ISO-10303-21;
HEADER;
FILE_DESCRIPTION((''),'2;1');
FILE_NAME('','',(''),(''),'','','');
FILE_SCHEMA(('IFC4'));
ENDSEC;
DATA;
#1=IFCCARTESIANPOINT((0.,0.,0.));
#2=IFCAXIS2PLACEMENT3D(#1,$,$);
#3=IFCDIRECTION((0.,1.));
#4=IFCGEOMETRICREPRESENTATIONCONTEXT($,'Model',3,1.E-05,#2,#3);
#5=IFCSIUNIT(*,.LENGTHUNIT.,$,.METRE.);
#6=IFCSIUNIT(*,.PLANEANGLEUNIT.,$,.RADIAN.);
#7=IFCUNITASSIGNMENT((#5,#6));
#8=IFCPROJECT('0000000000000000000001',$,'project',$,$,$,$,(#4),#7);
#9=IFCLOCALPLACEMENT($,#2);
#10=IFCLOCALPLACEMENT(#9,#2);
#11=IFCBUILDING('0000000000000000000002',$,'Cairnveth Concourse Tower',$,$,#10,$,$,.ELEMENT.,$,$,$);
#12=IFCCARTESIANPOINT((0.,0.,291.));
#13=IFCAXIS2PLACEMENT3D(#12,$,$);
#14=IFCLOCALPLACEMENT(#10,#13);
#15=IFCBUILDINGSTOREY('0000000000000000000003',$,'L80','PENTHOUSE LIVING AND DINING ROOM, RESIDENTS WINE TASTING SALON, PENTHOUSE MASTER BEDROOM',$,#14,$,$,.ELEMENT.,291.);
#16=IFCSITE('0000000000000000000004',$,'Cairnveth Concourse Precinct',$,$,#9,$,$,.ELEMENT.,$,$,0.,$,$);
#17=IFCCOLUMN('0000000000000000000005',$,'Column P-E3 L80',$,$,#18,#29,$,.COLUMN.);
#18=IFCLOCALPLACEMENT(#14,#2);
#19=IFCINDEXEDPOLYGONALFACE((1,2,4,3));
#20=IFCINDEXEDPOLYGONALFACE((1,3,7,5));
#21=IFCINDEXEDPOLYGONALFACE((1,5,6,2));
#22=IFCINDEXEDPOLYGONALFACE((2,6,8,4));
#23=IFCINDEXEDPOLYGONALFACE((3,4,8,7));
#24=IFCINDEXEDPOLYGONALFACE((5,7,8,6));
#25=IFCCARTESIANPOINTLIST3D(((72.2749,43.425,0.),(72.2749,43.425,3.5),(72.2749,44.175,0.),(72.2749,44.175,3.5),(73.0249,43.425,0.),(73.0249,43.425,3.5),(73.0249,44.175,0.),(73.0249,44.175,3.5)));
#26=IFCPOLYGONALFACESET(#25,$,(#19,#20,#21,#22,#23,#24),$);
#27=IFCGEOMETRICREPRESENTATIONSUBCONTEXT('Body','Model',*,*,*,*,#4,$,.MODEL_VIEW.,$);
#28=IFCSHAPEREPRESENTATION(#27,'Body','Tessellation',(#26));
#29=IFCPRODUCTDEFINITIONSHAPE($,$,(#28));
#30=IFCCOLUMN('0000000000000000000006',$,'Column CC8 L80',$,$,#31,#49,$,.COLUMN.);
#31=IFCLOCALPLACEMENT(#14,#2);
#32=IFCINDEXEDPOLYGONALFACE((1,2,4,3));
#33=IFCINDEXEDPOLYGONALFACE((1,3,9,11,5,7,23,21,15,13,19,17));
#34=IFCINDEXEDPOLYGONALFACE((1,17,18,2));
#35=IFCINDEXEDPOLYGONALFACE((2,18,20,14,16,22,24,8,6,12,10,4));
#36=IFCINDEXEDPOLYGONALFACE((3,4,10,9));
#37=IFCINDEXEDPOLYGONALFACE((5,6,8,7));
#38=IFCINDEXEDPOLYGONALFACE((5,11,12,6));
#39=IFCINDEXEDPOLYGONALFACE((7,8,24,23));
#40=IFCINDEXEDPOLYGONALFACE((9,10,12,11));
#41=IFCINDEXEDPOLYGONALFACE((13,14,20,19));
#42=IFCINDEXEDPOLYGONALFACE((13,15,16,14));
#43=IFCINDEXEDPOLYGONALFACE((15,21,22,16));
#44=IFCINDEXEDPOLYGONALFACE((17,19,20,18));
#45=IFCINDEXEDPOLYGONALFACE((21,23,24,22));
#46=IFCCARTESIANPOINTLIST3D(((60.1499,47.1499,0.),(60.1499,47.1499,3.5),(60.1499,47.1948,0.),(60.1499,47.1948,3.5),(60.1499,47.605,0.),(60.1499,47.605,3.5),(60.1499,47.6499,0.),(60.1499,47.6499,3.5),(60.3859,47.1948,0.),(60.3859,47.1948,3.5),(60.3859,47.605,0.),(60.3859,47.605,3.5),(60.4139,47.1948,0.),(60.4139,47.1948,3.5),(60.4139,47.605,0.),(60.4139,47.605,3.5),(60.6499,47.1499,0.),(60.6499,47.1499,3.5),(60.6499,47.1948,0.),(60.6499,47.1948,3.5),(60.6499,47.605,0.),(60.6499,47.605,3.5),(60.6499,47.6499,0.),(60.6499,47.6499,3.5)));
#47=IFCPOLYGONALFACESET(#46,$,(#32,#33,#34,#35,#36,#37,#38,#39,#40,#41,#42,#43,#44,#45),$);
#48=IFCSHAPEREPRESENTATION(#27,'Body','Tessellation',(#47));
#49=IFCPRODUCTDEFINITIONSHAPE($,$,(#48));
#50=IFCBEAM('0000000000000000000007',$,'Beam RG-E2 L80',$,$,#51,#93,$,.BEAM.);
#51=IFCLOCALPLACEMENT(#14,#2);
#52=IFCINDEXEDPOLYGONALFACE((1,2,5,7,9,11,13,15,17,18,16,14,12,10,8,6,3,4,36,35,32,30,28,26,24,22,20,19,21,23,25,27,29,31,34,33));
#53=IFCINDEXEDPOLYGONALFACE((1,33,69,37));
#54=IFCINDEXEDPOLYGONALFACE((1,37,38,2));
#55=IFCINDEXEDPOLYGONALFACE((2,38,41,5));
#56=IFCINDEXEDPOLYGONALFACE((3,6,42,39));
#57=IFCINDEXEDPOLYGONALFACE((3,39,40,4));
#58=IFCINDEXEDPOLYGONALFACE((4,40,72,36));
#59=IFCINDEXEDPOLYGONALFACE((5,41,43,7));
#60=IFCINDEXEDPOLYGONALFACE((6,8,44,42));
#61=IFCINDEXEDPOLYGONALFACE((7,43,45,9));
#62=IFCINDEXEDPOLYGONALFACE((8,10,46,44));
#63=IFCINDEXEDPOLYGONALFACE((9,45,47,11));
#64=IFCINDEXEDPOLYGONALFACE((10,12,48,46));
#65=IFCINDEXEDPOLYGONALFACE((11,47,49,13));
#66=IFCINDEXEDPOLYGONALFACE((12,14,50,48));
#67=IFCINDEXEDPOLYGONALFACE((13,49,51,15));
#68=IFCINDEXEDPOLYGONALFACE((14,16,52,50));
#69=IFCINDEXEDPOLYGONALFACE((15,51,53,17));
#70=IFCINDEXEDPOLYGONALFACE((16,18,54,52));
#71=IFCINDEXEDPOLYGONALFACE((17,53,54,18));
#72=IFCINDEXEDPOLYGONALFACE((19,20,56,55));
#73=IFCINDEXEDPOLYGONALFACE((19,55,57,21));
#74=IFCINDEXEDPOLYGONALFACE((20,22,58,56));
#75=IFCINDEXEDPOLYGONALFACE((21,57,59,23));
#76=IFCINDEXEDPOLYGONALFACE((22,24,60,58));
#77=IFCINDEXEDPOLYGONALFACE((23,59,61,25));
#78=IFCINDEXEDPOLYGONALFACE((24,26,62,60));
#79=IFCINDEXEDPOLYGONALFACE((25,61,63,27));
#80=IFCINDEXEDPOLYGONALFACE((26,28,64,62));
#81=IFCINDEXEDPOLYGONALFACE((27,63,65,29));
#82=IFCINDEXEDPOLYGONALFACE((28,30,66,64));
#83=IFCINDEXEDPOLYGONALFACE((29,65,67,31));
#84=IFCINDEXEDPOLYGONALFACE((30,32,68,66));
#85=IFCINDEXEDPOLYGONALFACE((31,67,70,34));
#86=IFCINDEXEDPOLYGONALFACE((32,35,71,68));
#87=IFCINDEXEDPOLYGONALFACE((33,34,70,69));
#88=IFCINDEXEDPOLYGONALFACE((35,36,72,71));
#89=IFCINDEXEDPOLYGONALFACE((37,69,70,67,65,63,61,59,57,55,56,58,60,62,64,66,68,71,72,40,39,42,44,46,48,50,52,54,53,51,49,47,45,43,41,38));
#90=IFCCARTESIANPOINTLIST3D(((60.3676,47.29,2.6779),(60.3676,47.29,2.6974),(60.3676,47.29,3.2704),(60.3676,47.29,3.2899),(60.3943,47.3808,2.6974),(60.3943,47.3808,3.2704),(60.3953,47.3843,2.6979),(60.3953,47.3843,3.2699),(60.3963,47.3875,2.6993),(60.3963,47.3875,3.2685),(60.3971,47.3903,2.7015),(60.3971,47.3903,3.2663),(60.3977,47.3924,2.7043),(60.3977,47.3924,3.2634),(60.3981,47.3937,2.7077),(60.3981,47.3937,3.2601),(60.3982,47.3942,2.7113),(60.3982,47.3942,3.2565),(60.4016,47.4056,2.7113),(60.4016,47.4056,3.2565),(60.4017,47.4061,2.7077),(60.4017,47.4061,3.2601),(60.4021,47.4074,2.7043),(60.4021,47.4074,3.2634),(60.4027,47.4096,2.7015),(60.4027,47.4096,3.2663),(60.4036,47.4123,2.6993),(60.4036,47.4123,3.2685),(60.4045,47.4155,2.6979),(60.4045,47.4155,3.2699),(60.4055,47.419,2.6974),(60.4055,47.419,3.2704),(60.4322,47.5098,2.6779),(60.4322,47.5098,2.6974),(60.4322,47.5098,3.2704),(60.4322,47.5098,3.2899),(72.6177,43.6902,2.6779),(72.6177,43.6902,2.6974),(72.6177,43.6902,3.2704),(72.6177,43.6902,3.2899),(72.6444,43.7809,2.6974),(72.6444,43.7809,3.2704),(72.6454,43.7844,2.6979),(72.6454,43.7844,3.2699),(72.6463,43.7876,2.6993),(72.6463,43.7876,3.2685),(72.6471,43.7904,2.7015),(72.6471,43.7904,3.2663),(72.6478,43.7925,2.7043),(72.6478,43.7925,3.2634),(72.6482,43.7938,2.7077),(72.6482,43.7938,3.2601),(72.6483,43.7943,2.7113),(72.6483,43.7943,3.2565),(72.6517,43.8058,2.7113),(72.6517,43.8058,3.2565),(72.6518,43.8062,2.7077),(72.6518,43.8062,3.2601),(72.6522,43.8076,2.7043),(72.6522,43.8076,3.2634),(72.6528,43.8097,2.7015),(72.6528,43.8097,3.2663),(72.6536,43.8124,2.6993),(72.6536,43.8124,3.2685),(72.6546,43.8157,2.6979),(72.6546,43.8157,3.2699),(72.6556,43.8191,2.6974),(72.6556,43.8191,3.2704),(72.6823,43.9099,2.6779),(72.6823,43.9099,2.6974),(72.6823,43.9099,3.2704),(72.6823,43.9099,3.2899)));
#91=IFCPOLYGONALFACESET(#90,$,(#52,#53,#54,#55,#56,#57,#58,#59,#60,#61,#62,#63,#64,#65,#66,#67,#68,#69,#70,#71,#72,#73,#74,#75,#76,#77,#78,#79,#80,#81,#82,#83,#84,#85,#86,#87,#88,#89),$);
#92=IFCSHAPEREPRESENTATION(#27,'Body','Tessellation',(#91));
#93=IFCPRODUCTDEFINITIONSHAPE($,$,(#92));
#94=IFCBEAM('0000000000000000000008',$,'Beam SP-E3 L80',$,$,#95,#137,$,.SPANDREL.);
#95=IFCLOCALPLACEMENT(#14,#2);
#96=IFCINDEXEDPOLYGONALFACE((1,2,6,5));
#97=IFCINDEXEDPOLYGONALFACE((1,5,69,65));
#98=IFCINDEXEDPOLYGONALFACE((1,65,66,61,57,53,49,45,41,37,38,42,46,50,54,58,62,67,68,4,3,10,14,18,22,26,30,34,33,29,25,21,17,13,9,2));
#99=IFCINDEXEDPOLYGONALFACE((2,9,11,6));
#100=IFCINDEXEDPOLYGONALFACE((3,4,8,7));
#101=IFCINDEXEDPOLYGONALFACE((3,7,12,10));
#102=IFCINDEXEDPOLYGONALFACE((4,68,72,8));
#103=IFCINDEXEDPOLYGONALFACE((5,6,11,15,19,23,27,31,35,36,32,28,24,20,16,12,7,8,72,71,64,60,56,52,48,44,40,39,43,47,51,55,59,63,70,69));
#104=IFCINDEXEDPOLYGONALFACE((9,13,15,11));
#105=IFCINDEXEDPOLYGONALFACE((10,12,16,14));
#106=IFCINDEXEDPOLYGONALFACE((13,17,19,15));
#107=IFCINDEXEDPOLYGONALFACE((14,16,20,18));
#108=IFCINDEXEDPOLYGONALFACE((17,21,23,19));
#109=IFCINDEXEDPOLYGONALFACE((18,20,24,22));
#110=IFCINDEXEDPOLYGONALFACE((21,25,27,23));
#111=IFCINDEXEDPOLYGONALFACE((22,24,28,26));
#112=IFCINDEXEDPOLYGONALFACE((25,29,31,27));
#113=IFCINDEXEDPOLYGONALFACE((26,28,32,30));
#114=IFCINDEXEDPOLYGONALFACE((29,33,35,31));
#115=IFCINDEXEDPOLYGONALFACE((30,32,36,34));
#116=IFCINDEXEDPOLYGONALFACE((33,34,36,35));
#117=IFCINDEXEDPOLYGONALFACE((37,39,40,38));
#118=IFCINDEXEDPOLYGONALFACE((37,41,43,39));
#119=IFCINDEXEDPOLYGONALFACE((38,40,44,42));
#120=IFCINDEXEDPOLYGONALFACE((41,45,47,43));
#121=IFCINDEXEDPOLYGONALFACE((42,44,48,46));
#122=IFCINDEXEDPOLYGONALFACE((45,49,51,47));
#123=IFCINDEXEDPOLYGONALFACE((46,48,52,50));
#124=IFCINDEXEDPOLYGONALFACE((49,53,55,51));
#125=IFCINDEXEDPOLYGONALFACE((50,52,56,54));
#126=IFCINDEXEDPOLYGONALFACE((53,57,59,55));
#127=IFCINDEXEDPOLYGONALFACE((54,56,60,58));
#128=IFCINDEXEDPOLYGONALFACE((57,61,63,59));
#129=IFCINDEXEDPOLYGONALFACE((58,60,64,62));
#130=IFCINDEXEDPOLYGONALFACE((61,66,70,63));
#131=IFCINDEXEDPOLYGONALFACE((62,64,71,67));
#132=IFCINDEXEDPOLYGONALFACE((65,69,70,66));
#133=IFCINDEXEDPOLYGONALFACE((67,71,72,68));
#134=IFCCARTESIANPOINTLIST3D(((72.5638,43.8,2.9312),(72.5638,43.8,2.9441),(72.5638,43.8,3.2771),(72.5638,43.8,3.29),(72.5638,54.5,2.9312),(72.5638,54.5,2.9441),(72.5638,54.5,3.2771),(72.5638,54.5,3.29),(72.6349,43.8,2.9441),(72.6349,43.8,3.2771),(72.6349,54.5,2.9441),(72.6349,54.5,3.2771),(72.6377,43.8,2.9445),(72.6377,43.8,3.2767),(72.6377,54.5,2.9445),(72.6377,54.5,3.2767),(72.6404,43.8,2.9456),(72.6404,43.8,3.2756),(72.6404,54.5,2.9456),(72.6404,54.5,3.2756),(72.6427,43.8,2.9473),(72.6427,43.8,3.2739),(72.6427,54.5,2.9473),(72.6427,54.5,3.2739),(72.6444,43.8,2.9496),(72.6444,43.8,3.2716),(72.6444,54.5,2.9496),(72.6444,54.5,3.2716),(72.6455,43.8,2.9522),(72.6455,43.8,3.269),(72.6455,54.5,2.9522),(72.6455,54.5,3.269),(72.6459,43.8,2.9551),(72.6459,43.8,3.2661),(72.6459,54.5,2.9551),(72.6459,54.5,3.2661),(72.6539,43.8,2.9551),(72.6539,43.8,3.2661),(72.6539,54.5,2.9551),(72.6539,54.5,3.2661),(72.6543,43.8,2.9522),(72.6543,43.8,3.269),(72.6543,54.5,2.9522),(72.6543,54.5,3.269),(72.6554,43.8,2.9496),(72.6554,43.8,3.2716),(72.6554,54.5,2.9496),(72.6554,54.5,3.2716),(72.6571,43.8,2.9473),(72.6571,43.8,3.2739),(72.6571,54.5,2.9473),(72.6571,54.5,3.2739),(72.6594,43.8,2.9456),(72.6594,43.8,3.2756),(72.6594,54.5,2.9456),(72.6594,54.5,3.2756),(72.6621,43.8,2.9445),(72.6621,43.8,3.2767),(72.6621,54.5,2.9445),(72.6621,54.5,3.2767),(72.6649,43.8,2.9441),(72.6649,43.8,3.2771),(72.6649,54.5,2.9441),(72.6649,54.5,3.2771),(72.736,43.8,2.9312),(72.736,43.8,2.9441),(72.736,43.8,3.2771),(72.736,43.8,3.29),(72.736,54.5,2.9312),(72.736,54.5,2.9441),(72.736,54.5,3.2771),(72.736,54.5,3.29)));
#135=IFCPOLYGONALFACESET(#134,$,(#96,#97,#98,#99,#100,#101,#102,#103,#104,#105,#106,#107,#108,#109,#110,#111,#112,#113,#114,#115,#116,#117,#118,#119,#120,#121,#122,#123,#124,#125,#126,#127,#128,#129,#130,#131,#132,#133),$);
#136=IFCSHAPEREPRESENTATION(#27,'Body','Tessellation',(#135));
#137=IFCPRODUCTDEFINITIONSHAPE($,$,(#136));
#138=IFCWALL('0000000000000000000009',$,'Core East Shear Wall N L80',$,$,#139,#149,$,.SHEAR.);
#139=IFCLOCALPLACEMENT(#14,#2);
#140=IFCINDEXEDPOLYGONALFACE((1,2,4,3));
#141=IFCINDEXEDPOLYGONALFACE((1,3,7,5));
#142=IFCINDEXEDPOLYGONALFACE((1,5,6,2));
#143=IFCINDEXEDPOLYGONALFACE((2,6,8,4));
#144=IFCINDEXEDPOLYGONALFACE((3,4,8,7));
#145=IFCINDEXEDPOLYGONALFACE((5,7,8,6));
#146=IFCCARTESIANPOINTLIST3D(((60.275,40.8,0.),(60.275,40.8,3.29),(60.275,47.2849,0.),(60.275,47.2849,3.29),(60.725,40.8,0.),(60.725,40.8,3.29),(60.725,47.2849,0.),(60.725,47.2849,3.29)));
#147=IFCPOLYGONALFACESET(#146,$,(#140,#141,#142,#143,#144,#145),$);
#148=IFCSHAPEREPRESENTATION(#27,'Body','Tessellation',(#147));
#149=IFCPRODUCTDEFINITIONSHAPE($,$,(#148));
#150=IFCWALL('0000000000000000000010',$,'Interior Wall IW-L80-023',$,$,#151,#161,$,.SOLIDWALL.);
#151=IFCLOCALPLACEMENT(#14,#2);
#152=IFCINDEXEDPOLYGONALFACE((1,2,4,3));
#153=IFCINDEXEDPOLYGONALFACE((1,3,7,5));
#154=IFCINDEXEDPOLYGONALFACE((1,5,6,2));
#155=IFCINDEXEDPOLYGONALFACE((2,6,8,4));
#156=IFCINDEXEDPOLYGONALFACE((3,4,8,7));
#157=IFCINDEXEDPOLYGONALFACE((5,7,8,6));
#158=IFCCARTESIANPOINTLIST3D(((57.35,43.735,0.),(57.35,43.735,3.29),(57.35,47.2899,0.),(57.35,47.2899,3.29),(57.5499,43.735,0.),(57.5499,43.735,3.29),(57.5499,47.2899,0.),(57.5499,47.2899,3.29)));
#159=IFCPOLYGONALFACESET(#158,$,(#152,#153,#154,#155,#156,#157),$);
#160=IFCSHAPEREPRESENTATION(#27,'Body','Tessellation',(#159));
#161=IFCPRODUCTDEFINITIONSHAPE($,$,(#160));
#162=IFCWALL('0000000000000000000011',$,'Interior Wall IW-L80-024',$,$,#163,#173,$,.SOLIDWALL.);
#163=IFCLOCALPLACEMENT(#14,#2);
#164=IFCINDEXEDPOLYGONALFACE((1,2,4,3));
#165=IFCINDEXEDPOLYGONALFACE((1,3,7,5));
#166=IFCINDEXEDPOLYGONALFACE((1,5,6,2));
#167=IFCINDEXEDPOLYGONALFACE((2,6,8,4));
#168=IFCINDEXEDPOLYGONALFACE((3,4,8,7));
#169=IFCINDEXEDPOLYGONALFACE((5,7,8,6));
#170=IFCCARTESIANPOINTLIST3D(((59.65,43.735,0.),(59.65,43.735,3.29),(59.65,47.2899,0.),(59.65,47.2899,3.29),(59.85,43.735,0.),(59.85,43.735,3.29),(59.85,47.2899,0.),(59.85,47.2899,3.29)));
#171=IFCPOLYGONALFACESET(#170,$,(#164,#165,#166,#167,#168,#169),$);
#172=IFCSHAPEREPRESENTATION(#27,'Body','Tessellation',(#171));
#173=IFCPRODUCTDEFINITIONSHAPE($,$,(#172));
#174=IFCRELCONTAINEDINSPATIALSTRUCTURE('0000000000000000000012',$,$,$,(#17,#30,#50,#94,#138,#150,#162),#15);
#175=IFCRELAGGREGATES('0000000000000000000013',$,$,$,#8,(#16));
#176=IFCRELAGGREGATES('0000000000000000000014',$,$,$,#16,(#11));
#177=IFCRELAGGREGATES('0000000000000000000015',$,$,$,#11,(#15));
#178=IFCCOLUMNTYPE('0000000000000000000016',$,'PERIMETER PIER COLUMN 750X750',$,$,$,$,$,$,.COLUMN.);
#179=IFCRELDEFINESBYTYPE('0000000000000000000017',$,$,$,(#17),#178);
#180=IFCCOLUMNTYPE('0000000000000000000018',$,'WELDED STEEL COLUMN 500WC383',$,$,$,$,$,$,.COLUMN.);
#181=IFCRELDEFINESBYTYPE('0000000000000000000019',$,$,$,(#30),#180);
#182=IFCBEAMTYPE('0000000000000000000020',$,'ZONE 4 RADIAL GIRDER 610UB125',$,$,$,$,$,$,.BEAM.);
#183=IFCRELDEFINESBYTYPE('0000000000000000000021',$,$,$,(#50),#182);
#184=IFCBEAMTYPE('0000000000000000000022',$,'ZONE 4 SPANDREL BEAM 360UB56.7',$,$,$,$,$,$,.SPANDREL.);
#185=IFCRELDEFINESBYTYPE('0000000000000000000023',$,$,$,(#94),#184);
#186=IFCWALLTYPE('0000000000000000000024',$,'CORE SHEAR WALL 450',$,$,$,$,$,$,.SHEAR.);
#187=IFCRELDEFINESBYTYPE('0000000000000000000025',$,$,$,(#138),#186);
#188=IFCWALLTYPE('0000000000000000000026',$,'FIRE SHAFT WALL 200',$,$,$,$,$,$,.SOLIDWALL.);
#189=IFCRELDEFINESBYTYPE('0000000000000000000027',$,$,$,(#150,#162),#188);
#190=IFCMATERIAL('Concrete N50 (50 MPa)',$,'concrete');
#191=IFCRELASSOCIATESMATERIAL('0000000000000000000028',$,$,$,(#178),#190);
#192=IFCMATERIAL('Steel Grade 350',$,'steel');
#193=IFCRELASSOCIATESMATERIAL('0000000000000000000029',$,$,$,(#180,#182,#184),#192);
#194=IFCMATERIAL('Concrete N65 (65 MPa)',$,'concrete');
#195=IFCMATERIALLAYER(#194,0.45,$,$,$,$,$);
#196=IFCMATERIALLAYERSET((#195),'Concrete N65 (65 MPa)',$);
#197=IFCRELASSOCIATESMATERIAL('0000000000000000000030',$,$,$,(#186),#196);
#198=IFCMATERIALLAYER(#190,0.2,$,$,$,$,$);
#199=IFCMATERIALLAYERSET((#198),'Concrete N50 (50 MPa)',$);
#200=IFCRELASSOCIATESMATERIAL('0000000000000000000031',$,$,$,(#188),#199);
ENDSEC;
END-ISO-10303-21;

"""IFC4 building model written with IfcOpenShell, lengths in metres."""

from ifc_helpers import new_model, si_unit, direction, frame, frame_2d, origin, origin_2d, place, context, subcontext, project, spatial, rectangle, i_section, extrude, material, layer, layer_set, material_profile, profile_set, type_object, element, save


model = new_model("IFC4")

# Units and contexts
model_context = context("Model", 3, precision=1e-05, world=origin(), true_north=direction((0.0, 1.0)))
body_context = subcontext(model_context, "Body", "Model", "MODEL_VIEW")
ifc_project = project(units=[si_unit("LENGTHUNIT", "METRE"), si_unit("PLANEANGLEUNIT", "RADIAN")], contexts=[model_context])

# Site, building, storey
site_placement = place(None, origin())
site = spatial("IfcSite", under=ifc_project, at=site_placement, Name="Cairnveth Concourse Precinct", CompositionType="ELEMENT", RefElevation=0.0)
building_placement = place(site_placement, origin())
building = spatial("IfcBuilding", under=site, at=building_placement, Name="Cairnveth Concourse Tower", CompositionType="ELEMENT")
storey_placement = place(building_placement, frame((0.0, 0.0, 291.0)))
storey = spatial("IfcBuildingStorey", under=building, at=storey_placement, Name="L80", Description="PENTHOUSE LIVING AND DINING ROOM, RESIDENTS WINE TASTING SALON, PENTHOUSE MASTER BEDROOM", CompositionType="ELEMENT", Elevation=291.0)

# Columns
ifc_material_1 = material(Name="Concrete N50 (50 MPa)", Category="concrete")
ifc_material_profile_1 = material_profile(ifc_material_1, rectangle(XDim=0.75, YDim=0.75, at=origin_2d()), Name="RC-COL-750x750")
ifc_profile_set_1 = profile_set([ifc_material_profile_1], Name="Concrete N50 (50 MPa)")
column_type_1 = type_object("IfcColumnType", Name="PERIMETER PIER COLUMN 750X750", PredefinedType="COLUMN", material=ifc_profile_set_1)
column_1_placement = place(storey_placement, frame((72.6499, 43.8, 0.0), z_axis=(0.0, 0.0, 1.0), x_axis=(0.0, 1.0, 0.0)))
element("IfcColumn", 1, at=column_1_placement, inside=storey, type_object=column_type_1, Name="Column P-E3 L80", PredefinedType="COLUMN", context=body_context, shape_type="SweptSolid", body=[
    extrude(rectangle(XDim=0.75, YDim=0.75, at=origin_2d()), origin(), (0.0, 0.0, 1.0), 3.5),
])
ifc_material_2 = material(Name="Steel Grade 350", Category="steel")
ifc_material_profile_2 = material_profile(ifc_material_2, i_section(OverallWidth=0.5, OverallDepth=0.5, WebThickness=0.0281, FlangeThickness=0.0449, at=origin_2d()), Name="500WC383")
ifc_profile_set_2 = profile_set([ifc_material_profile_2], Name="Steel Grade 350")
column_type_2 = type_object("IfcColumnType", Name="WELDED STEEL COLUMN 500WC383", PredefinedType="COLUMN", material=ifc_profile_set_2)
column_2_placement = place(storey_placement, frame((60.3999, 47.3999, 0.0), z_axis=(0.0, 0.0, 1.0), x_axis=(1.0, 0.0, 0.0)))
element("IfcColumn", 2, at=column_2_placement, inside=storey, type_object=column_type_2, Name="Column CC8 L80", PredefinedType="COLUMN", context=body_context, shape_type="SweptSolid", body=[
    extrude(i_section(OverallWidth=0.5, OverallDepth=0.5, WebThickness=0.0281, FlangeThickness=0.0449, at=origin_2d()), origin(), (0.0, 0.0, 1.0), 3.5),
])

# Beams
ifc_material_profile_3 = material_profile(ifc_material_2, i_section(OverallWidth=0.229, OverallDepth=0.6121, WebThickness=0.012, FlangeThickness=0.0195, FilletRadius=0.0139, at=origin_2d()), Name="610UB125")
ifc_profile_set_3 = profile_set([ifc_material_profile_3], Name="Steel Grade 350")
beam_type_1 = type_object("IfcBeamType", Name="ZONE 4 RADIAL GIRDER 610UB125", PredefinedType="BEAM", material=ifc_profile_set_3)
beam_1_placement = place(storey_placement, frame((60.3999, 47.3999, 2.9839), z_axis=(0.959431, -0.281944, 0.0), x_axis=(0.281944, 0.959431, 0.0)))
element("IfcBeam", 3, at=beam_1_placement, inside=storey, type_object=beam_type_1, Name="Beam RG-E2 L80", PredefinedType="BEAM", context=body_context, shape_type="SweptSolid", body=[
    extrude(i_section(OverallWidth=0.229, OverallDepth=0.6121, WebThickness=0.012, FlangeThickness=0.0195, FilletRadius=0.0139, at=origin_2d()), origin(), (0.0, 0.0, 1.0), 12.7681),
])
ifc_material_profile_4 = material_profile(ifc_material_2, i_section(OverallWidth=0.1721, OverallDepth=0.3589, WebThickness=0.0081, FlangeThickness=0.0129, FilletRadius=0.011, at=origin_2d()), Name="360UB56.7")
ifc_profile_set_4 = profile_set([ifc_material_profile_4], Name="Steel Grade 350")
beam_type_2 = type_object("IfcBeamType", Name="ZONE 4 SPANDREL BEAM 360UB56.7", PredefinedType="SPANDREL", material=ifc_profile_set_4)
beam_2_placement = place(storey_placement, frame((72.6499, 43.8, 3.1106), z_axis=(0.0, 1.0, 0.0), x_axis=(-1.0, 0.0, 0.0)))
element("IfcBeam", 4, at=beam_2_placement, inside=storey, type_object=beam_type_2, Name="Beam SP-E3 L80", PredefinedType="SPANDREL", context=body_context, shape_type="SweptSolid", body=[
    extrude(i_section(OverallWidth=0.1721, OverallDepth=0.3589, WebThickness=0.0081, FlangeThickness=0.0129, FilletRadius=0.011, at=origin_2d()), origin(), (0.0, 0.0, 1.0), 10.7),
])

# Wall
ifc_material_3 = material(Name="Concrete N65 (65 MPa)", Category="concrete")
ifc_layer_1 = layer(ifc_material_3, 0.45)
ifc_layer_set_1 = layer_set([ifc_layer_1], Name="Concrete N65 (65 MPa)")
wall_type_1 = type_object("IfcWallType", Name="CORE SHEAR WALL 450", PredefinedType="SHEAR", material=ifc_layer_set_1)
wall_1_placement = place(storey_placement, frame((60.5, 40.8, 0.0), z_axis=(0.0, 0.0, 1.0), x_axis=(0.0, 1.0, 0.0)))
element("IfcWall", 5, at=wall_1_placement, inside=storey, type_object=wall_type_1, Name="Core East Shear Wall N L80", PredefinedType="SHEAR", context=body_context, shape_type="SweptSolid", body=[
    extrude(rectangle(XDim=6.4849, YDim=0.45, at=frame_2d((3.2424, 0.0))), origin(), (0.0, 0.0, 1.0), 3.29),
])

# Shared definitions
ifc_layer_2 = layer(ifc_material_1, 0.2)
ifc_layer_set_2 = layer_set([ifc_layer_2], Name="Concrete N50 (50 MPa)")
wall_type_2 = type_object("IfcWallType", Name="FIRE SHAFT WALL 200", PredefinedType="SOLIDWALL", material=ifc_layer_set_2)

# Walls
for number, where, z_axis, x_axis, name in (
    (6, (57.45, 43.7351, 0.0), (0.0, 0.0, 1.0), (0.0, 1.0, 0.0), "Interior Wall IW-L80-023"),
    (7, (59.75, 43.7351, 0.0), (0.0, 0.0, 1.0), (0.0, 1.0, 0.0), "Interior Wall IW-L80-024"),
):
    element("IfcWall", number, at=place(storey_placement, frame(where, z_axis=z_axis, x_axis=x_axis)), inside=storey, type_object=wall_type_2, Name=name, PredefinedType="SOLIDWALL", context=body_context, shape_type="SweptSolid", body=[
        extrude(rectangle(XDim=3.5549, YDim=0.2, at=frame_2d((1.7773, 0.0))), origin(), (0.0, 0.0, 1.0), 3.29),
    ])

save(model, "model.ifc")
